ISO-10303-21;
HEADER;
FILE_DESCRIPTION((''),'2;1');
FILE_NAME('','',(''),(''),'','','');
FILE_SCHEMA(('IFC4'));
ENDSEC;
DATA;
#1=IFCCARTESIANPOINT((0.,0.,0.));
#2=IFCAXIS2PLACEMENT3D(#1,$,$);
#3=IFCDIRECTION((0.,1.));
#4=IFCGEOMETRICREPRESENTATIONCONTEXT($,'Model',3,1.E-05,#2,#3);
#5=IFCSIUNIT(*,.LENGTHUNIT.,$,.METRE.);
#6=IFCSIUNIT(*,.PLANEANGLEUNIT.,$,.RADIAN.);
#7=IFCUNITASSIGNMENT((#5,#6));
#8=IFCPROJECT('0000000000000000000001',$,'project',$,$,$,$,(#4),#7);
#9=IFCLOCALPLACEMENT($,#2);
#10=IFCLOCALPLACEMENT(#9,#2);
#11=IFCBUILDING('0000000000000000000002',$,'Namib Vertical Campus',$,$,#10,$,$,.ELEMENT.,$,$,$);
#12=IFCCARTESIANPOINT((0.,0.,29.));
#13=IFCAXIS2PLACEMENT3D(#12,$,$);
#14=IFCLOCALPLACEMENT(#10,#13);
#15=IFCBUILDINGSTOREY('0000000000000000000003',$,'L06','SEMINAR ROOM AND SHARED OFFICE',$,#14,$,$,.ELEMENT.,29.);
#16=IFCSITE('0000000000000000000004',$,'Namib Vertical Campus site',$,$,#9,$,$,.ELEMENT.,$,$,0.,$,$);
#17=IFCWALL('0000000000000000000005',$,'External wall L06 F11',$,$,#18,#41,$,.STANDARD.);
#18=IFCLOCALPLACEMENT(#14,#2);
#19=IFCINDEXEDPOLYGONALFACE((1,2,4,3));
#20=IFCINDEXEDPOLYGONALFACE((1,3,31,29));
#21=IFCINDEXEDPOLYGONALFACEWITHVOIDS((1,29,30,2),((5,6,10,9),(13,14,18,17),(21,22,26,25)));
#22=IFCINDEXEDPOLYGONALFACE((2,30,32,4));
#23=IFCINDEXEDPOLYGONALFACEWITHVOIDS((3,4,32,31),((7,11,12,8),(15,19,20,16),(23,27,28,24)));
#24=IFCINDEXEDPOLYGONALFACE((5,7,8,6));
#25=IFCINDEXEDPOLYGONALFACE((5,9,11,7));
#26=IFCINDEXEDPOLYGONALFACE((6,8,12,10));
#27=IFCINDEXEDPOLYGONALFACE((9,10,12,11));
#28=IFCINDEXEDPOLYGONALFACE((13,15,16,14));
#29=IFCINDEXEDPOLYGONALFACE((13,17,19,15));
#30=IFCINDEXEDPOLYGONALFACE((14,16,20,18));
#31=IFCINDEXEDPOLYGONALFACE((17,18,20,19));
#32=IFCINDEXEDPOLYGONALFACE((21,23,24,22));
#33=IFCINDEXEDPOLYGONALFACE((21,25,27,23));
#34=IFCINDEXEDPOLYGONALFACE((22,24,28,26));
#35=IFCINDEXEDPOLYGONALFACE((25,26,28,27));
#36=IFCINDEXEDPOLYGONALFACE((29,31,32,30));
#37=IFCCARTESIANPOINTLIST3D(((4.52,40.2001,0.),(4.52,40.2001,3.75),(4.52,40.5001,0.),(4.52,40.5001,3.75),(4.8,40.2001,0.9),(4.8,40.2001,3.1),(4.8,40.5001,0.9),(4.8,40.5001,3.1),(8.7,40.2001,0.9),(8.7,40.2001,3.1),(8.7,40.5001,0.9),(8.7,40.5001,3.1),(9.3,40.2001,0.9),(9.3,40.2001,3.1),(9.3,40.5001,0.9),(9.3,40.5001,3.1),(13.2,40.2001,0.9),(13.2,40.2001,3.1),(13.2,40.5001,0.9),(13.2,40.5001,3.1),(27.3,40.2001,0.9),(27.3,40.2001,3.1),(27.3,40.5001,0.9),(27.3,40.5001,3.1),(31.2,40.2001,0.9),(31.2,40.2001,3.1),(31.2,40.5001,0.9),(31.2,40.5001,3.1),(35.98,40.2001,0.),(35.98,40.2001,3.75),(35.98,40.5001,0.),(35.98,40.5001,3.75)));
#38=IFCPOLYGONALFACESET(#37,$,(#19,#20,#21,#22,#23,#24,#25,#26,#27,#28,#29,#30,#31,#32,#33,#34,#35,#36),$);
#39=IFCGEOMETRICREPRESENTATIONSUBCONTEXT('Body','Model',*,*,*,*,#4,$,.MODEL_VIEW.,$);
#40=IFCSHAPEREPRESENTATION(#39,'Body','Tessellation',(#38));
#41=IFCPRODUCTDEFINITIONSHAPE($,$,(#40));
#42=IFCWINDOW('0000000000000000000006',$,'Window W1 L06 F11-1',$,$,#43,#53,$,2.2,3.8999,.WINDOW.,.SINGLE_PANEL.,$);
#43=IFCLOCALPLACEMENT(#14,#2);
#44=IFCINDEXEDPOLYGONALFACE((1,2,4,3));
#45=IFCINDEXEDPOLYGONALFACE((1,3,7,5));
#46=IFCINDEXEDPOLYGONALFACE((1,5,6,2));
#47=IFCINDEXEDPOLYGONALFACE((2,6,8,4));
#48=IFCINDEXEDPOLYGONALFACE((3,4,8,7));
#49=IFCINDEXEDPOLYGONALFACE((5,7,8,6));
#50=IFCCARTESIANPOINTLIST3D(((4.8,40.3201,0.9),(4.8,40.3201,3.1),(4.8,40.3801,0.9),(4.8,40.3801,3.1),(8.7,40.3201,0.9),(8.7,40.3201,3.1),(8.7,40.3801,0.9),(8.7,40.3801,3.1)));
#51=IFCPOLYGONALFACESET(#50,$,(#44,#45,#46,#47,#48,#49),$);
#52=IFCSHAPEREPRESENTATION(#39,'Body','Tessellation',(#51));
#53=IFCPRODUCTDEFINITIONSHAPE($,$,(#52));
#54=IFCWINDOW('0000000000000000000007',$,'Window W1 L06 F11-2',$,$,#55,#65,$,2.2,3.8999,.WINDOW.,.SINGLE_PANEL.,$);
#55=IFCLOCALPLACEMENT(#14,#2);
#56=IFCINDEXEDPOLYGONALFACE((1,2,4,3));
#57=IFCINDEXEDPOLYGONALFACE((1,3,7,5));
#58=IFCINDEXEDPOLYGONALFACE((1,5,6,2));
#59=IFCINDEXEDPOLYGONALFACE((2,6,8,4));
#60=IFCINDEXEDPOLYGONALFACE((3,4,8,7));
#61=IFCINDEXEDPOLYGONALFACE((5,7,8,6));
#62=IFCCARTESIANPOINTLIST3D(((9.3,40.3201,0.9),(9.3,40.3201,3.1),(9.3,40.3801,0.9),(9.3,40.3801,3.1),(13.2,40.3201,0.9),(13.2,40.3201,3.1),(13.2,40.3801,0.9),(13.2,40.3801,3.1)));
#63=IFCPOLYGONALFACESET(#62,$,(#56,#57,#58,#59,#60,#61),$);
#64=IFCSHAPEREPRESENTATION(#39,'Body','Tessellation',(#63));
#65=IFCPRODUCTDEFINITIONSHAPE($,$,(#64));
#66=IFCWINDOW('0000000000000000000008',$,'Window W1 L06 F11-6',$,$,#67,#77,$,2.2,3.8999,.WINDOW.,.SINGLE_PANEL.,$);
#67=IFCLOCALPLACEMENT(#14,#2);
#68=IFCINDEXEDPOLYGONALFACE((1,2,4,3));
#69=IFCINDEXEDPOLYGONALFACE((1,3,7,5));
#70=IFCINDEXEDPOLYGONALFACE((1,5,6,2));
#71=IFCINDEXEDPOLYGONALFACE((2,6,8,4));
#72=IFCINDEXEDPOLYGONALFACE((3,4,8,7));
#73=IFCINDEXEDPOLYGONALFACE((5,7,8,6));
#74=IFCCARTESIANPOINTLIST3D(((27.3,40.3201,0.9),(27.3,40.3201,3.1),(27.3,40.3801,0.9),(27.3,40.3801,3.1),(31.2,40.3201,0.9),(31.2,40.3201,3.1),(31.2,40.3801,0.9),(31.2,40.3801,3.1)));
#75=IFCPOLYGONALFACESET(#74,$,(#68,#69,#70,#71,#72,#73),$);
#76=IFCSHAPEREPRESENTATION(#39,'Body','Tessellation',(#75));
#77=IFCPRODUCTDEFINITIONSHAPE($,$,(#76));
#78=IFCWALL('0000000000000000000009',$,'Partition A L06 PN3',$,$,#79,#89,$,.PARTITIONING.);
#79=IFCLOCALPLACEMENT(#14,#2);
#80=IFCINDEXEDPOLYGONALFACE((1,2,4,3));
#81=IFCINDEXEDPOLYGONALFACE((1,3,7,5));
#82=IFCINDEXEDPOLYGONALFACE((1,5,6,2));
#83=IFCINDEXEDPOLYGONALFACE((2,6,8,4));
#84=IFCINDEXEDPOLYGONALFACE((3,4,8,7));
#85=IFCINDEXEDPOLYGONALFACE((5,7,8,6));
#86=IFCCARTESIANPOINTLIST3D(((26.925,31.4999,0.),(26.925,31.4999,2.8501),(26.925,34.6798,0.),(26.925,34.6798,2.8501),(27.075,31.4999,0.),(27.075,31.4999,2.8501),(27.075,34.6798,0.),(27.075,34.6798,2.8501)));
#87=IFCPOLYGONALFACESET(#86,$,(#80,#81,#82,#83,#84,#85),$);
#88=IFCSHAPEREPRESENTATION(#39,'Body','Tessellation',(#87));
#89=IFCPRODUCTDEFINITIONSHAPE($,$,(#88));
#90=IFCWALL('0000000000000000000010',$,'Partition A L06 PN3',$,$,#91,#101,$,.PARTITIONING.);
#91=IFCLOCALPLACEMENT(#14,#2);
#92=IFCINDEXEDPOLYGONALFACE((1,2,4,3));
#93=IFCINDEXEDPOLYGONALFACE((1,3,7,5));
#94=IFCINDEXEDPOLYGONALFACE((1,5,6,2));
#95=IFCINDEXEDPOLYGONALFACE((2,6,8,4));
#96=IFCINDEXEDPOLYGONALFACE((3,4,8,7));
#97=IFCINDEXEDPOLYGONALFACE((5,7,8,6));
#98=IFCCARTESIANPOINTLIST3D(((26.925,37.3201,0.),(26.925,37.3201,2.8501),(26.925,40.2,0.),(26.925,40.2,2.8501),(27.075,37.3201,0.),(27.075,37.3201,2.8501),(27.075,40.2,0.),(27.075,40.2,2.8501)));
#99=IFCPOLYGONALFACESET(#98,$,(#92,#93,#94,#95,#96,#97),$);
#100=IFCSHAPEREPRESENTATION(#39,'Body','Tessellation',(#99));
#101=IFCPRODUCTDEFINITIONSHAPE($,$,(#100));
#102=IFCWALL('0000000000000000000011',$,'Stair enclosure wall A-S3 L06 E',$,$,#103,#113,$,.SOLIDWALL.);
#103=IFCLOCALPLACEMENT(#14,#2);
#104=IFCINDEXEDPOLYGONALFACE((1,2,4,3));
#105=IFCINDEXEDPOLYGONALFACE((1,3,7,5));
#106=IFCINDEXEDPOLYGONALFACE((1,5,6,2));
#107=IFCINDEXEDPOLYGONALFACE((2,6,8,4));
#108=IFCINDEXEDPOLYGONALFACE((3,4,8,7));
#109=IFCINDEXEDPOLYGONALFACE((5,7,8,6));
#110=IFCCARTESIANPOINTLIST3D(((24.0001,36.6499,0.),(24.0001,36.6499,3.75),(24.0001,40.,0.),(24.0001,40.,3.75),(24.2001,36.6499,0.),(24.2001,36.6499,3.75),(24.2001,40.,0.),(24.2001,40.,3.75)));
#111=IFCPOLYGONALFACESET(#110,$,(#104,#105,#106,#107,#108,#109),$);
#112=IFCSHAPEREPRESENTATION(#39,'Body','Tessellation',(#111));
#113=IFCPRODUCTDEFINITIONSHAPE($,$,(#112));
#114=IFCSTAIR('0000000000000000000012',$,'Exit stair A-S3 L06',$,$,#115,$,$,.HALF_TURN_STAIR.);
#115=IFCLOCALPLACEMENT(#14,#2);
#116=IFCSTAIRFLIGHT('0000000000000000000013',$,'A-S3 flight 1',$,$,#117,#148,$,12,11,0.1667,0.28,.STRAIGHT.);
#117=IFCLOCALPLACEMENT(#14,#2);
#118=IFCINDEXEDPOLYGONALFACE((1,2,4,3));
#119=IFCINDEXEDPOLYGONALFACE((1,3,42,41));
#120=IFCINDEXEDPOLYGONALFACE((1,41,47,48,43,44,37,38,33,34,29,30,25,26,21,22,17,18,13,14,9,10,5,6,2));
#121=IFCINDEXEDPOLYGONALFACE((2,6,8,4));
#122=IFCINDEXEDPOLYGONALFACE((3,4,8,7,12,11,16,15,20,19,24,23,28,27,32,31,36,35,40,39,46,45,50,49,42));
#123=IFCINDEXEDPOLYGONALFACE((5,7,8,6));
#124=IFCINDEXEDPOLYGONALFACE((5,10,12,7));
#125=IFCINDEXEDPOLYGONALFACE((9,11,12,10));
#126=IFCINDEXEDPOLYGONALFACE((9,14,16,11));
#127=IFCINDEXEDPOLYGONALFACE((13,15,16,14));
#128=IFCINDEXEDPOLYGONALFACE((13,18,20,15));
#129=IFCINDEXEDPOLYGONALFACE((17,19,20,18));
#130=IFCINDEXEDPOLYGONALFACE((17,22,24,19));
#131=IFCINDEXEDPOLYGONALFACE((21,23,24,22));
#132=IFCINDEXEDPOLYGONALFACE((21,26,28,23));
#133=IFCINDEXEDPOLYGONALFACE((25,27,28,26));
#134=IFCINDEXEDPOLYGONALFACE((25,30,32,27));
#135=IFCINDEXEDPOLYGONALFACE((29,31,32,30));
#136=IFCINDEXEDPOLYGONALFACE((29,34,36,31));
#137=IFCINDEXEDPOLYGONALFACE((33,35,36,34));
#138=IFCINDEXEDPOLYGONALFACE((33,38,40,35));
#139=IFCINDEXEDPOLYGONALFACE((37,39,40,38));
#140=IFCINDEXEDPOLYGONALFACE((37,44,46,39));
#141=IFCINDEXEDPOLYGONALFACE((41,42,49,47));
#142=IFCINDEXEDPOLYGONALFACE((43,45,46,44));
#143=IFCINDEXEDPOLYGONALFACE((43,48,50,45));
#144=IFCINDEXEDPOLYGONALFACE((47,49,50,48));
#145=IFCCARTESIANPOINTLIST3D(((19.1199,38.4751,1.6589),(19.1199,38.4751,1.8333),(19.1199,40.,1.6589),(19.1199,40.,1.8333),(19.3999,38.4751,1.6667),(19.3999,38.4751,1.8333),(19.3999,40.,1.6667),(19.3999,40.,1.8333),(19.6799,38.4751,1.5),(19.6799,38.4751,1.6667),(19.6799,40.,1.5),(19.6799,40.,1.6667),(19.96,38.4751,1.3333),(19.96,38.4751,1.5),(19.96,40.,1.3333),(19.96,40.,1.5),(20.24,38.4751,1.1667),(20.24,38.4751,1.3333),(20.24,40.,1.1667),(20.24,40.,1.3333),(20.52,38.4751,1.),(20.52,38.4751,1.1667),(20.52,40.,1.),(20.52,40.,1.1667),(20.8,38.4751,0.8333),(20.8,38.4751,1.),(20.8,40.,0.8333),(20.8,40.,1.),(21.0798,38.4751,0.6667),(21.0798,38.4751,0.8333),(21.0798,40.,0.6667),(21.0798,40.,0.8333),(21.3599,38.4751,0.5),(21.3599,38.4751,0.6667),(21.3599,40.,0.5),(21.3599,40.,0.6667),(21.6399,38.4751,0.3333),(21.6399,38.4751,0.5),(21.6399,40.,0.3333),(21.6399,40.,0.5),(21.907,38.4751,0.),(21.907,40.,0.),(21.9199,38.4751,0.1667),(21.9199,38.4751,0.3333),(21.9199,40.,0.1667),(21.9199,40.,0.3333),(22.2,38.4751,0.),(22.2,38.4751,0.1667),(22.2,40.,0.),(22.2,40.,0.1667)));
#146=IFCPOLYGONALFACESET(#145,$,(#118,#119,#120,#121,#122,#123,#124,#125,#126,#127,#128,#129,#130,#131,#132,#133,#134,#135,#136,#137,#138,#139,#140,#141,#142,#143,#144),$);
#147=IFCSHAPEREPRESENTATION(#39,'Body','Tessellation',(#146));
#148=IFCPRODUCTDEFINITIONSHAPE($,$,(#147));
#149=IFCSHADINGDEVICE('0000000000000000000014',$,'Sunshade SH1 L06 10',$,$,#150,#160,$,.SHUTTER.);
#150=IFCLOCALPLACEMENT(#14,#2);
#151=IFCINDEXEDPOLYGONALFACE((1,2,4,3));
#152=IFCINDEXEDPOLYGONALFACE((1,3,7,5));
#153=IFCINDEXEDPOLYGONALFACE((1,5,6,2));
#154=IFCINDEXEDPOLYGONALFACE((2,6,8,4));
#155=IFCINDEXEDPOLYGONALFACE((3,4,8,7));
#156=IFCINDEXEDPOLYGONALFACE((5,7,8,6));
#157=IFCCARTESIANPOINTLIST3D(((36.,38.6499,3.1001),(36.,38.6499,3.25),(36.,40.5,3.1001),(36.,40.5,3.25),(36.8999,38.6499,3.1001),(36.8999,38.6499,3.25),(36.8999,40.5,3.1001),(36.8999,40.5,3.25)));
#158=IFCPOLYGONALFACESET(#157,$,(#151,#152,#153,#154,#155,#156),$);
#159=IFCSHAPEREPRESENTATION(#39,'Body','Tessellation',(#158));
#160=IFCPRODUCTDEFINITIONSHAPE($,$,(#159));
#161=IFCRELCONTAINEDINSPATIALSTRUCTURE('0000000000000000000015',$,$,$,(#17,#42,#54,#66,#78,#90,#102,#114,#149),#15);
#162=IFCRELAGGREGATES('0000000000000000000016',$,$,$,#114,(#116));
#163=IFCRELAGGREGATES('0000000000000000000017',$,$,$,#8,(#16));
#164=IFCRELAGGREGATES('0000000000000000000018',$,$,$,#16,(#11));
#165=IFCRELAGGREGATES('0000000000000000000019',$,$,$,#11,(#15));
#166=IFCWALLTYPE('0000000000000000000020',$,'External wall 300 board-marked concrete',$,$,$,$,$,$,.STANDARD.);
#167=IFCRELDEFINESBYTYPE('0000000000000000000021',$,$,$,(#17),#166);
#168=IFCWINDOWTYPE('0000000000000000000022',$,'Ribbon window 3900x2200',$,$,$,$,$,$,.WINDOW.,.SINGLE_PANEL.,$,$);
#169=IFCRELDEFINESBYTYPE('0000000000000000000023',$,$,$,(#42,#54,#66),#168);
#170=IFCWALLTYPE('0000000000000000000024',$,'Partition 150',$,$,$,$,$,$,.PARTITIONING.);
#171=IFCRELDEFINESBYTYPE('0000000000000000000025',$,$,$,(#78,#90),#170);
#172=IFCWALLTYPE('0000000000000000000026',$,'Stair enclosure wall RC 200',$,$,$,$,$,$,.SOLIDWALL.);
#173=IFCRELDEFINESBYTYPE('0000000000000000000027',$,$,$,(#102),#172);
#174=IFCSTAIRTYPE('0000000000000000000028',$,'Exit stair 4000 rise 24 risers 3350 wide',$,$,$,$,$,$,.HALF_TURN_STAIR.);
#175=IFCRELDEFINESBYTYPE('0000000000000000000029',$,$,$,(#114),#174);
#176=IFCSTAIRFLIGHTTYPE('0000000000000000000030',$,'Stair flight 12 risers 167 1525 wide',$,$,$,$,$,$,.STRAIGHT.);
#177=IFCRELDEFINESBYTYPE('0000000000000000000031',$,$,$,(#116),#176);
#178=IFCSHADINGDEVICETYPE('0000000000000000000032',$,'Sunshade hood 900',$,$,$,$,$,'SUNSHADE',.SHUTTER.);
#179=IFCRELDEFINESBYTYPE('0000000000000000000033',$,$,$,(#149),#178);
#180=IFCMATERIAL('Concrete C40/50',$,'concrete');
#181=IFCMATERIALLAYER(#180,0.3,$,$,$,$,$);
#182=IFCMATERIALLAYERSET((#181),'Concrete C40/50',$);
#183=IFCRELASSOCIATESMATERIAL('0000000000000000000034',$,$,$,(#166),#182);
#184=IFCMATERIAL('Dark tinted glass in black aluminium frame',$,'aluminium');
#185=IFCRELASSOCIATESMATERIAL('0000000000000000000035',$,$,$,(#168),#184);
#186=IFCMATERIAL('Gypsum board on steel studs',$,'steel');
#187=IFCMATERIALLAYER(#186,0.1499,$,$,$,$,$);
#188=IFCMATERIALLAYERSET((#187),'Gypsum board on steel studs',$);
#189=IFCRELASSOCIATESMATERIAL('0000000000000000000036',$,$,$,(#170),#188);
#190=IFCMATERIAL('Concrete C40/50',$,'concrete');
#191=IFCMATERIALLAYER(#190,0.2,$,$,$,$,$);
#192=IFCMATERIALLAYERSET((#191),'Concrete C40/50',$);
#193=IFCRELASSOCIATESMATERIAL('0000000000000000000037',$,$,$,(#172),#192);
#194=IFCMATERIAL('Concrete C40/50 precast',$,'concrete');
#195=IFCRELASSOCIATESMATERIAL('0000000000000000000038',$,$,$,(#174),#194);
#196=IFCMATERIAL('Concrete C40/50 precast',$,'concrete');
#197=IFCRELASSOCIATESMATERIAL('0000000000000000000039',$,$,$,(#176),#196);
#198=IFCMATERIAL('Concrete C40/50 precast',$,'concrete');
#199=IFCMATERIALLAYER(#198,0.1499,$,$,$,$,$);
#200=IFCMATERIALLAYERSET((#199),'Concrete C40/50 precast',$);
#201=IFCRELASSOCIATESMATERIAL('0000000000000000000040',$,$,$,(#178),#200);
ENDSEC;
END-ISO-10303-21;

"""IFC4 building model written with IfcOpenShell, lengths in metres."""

from ifc_helpers import new_model, si_unit, direction, frame, frame_2d, origin, origin_2d, place, context, subcontext, project, spatial, polyline, rectangle, outline, extrude, material, layer, layer_set, type_object, element, fill, aggregate, save


model = new_model("IFC4")

# Units and contexts
model_context = context("Model", 3, precision=1e-05, world=origin(), true_north=direction((0.0, 1.0)))
body_context = subcontext(model_context, "Body", "Model", "MODEL_VIEW")
ifc_project = project(units=[si_unit("LENGTHUNIT", "METRE"), si_unit("PLANEANGLEUNIT", "RADIAN")], contexts=[model_context])

# Site, building, storey
site_placement = place(None, origin())
site = spatial("IfcSite", under=ifc_project, at=site_placement, Name="Namib Vertical Campus site", CompositionType="ELEMENT", RefElevation=0.0)
building_placement = place(site_placement, origin())
building = spatial("IfcBuilding", under=site, at=building_placement, Name="Namib Vertical Campus", CompositionType="ELEMENT")
storey_placement = place(building_placement, frame((0.0, 0.0, 29.0)))
storey = spatial("IfcBuildingStorey", under=building, at=storey_placement, Name="L06", Description="SEMINAR ROOM AND SHARED OFFICE", CompositionType="ELEMENT", Elevation=29.0)

# Shared definitions
ifc_material_1 = material(Name="Concrete C40/50", Category="concrete")
ifc_layer_1 = layer(ifc_material_1, 0.3)
ifc_layer_set_1 = layer_set([ifc_layer_1], Name="Concrete C40/50")
wall_type_1 = type_object("IfcWallType", Name="External wall 300 board-marked concrete", PredefinedType="STANDARD", material=ifc_layer_set_1)

# Wall, openings, windows
wall_1_placement = place(storey_placement, frame((35.98, 40.3501, 0.0), z_axis=(0.0, 0.0, 1.0), x_axis=(-1.0, 0.0, 0.0)))
wall_1 = element("IfcWall", 1, at=wall_1_placement, inside=storey, type_object=wall_type_1, Name="External wall L06 F11", PredefinedType="STANDARD", context=body_context, shape_type="SweptSolid", body=[
    extrude(rectangle(XDim=31.46, YDim=0.3, at=frame_2d((15.73, 0.0))), origin(), (0.0, 0.0, 1.0), 3.75),
])
opening_1_placement = place(wall_1_placement, frame((27.28, 0.0, 0.8999)))
opening_1 = element("IfcOpeningElement", 2, at=opening_1_placement, cuts=wall_1, PredefinedType="OPENING", context=body_context, shape_type="SweptSolid", body=[
    extrude(rectangle(XDim=3.8999, YDim=2.2, at=frame_2d((1.95, 1.1001))), frame((0.0, 0.1599, 0.0), z_axis=(0.0, -1.0, 0.0), x_axis=(1.0, 0.0, 0.0)), (0.0, 0.0, 1.0), 0.3201),
])
opening_2_placement = place(wall_1_placement, frame((22.78, 0.0, 0.8999)))
opening_2 = element("IfcOpeningElement", 3, at=opening_2_placement, cuts=wall_1, PredefinedType="OPENING", context=body_context, shape_type="SweptSolid", body=[
    extrude(rectangle(XDim=3.8999, YDim=2.2, at=frame_2d((1.95, 1.1001))), frame((0.0, 0.1599, 0.0), z_axis=(0.0, -1.0, 0.0), x_axis=(1.0, 0.0, 0.0)), (0.0, 0.0, 1.0), 0.3201),
])
opening_3_placement = place(wall_1_placement, frame((4.78, 0.0, 0.8999)))
opening_3 = element("IfcOpeningElement", 4, at=opening_3_placement, cuts=wall_1, PredefinedType="OPENING", context=body_context, shape_type="SweptSolid", body=[
    extrude(rectangle(XDim=3.8999, YDim=2.2, at=frame_2d((1.95, 1.1001))), frame((0.0, 0.1599, 0.0), z_axis=(0.0, -1.0, 0.0), x_axis=(1.0, 0.0, 0.0)), (0.0, 0.0, 1.0), 0.3201),
])
ifc_material_2 = material(Name="Dark tinted glass in black aluminium frame", Category="aluminium")
window_type = type_object("IfcWindowType", Name="Ribbon window 3900x2200", PartitioningType="SINGLE_PANEL", PredefinedType="WINDOW", material=ifc_material_2)
window_1_placement = place(opening_1_placement, origin())
window_1 = element("IfcWindow", 5, at=window_1_placement, inside=storey, type_object=window_type, Name="Window W1 L06 F11-1", OverallHeight=2.2, OverallWidth=3.8999, PartitioningType="SINGLE_PANEL", PredefinedType="WINDOW", context=body_context, shape_type="SweptSolid", body=[
    extrude(rectangle(XDim=3.8999, YDim=2.2, at=frame_2d((1.95, 1.1001))), frame((0.0, 0.03, 0.0), z_axis=(0.0, -1.0, 0.0), x_axis=(1.0, 0.0, 0.0)), (0.0, 0.0, 1.0), 0.0601),
])
fill(opening_1, window_1)
window_2_placement = place(opening_2_placement, origin())
window_2 = element("IfcWindow", 6, at=window_2_placement, inside=storey, type_object=window_type, Name="Window W1 L06 F11-2", OverallHeight=2.2, OverallWidth=3.8999, PartitioningType="SINGLE_PANEL", PredefinedType="WINDOW", context=body_context, shape_type="SweptSolid", body=[
    extrude(rectangle(XDim=3.8999, YDim=2.2, at=frame_2d((1.95, 1.1001))), frame((0.0, 0.03, 0.0), z_axis=(0.0, -1.0, 0.0), x_axis=(1.0, 0.0, 0.0)), (0.0, 0.0, 1.0), 0.0601),
])
fill(opening_2, window_2)
window_3_placement = place(opening_3_placement, origin())
window_3 = element("IfcWindow", 7, at=window_3_placement, inside=storey, type_object=window_type, Name="Window W1 L06 F11-6", OverallHeight=2.2, OverallWidth=3.8999, PartitioningType="SINGLE_PANEL", PredefinedType="WINDOW", context=body_context, shape_type="SweptSolid", body=[
    extrude(rectangle(XDim=3.8999, YDim=2.2, at=frame_2d((1.95, 1.1001))), frame((0.0, 0.03, 0.0), z_axis=(0.0, -1.0, 0.0), x_axis=(1.0, 0.0, 0.0)), (0.0, 0.0, 1.0), 0.0601),
])
fill(opening_3, window_3)

# Walls
ifc_material_3 = material(Name="Gypsum board on steel studs", Category="steel")
ifc_layer_2 = layer(ifc_material_3, 0.1499)
ifc_layer_set_2 = layer_set([ifc_layer_2], Name="Gypsum board on steel studs")
wall_type_2 = type_object("IfcWallType", Name="Partition 150", PredefinedType="PARTITIONING", material=ifc_layer_set_2)
wall_2_placement = place(storey_placement, frame((27.0, 31.5, 0.0), z_axis=(0.0, 0.0, 1.0), x_axis=(0.0, 1.0, 0.0)))
element("IfcWall", 8, at=wall_2_placement, inside=storey, type_object=wall_type_2, Name="Partition A L06 PN3", PredefinedType="PARTITIONING", context=body_context, shape_type="SweptSolid", body=[
    extrude(rectangle(XDim=3.1799, YDim=0.1499, at=frame_2d((1.5898, 0.0))), origin(), (0.0, 0.0, 1.0), 2.8501),
])
wall_3_placement = place(storey_placement, frame((27.0, 37.3201, 0.0), z_axis=(0.0, 0.0, 1.0), x_axis=(0.0, 1.0, 0.0)))
element("IfcWall", 9, at=wall_3_placement, inside=storey, type_object=wall_type_2, Name="Partition A L06 PN3", PredefinedType="PARTITIONING", context=body_context, shape_type="SweptSolid", body=[
    extrude(rectangle(XDim=2.8799, YDim=0.1499, at=frame_2d((1.4399, 0.0))), origin(), (0.0, 0.0, 1.0), 2.8501),
])
ifc_material_4 = material(Name="Concrete C40/50", Category="concrete")
ifc_layer_3 = layer(ifc_material_4, 0.2)
ifc_layer_set_3 = layer_set([ifc_layer_3], Name="Concrete C40/50")
wall_type_3 = type_object("IfcWallType", Name="Stair enclosure wall RC 200", PredefinedType="SOLIDWALL", material=ifc_layer_set_3)
wall_4_placement = place(storey_placement, frame((24.1001, 36.6499, 0.0), z_axis=(0.0, 0.0, 1.0), x_axis=(0.0, 1.0, 0.0)))
element("IfcWall", 10, at=wall_4_placement, inside=storey, type_object=wall_type_3, Name="Stair enclosure wall A-S3 L06 E", PredefinedType="SOLIDWALL", context=body_context, shape_type="SweptSolid", body=[
    extrude(rectangle(XDim=3.3501, YDim=0.2, at=frame_2d((1.675, 0.0))), origin(), (0.0, 0.0, 1.0), 3.75),
])

# Stair, stair flight
ifc_material_5 = material(Name="Concrete C40/50 precast", Category="concrete")
stair_type = type_object("IfcStairType", Name="Exit stair 4000 rise 24 risers 3350 wide", PredefinedType="HALF_TURN_STAIR", material=ifc_material_5)
stair_placement = place(storey_placement, origin())
stair = element("IfcStair", 11, at=stair_placement, inside=storey, type_object=stair_type, Name="Exit stair A-S3 L06", PredefinedType="HALF_TURN_STAIR")
ifc_material_6 = material(Name="Concrete C40/50 precast", Category="concrete")
stair_flight_type = type_object("IfcStairFlightType", Name="Stair flight 12 risers 167 1525 wide", PredefinedType="STRAIGHT", material=ifc_material_6)
stair_flight_placement = place(storey_placement, frame((22.2, 39.2375, 0.0), z_axis=(0.0, 0.0, 1.0), x_axis=(-1.0, 0.0, 0.0)))
stair_flight = element("IfcStairFlight", 12, at=stair_flight_placement, type_object=stair_flight_type, Name="A-S3 flight 1", NumberOfRisers=12, NumberOfTreads=11, PredefinedType="STRAIGHT", RiserHeight=0.1667, TreadLength=0.28, context=body_context, shape_type="SweptSolid", body=[
    extrude(outline(polyline([(0.0, 0.0), (0.0, 0.1667), (0.28, 0.1667), (0.28, 0.3333), (0.5601, 0.3333), (0.5601, 0.5), (0.8401, 0.5), (0.8401, 0.6667), (1.1201, 0.6667), (1.1201, 0.8333), (1.3999, 0.8333), (1.3999, 1.0), (1.6799, 1.0), (1.6799, 1.1667), (1.96, 1.1667), (1.96, 1.3333), (2.24, 1.3333), (2.24, 1.5), (2.52, 1.5), (2.52, 1.6667), (2.8, 1.6667), (2.8, 1.8333), (3.0801, 1.8333), (3.0801, 2.0), (3.0801, 1.6589), (0.293, 0.0), (0.0, 0.0)])), frame((0.0, 0.7625, 0.0), z_axis=(0.0, -1.0, 0.0), x_axis=(1.0, 0.0, 0.0)), (0.0, 0.0, 1.0), 1.5249),
])
aggregate(stair, [stair_flight])

# Shading device
ifc_material_7 = material(Name="Concrete C40/50 precast", Category="concrete")
ifc_layer_4 = layer(ifc_material_7, 0.1499)
ifc_layer_set_4 = layer_set([ifc_layer_4], Name="Concrete C40/50 precast")
shading_device_type = type_object("IfcShadingDeviceType", Name="Sunshade hood 900", ElementType="SUNSHADE", PredefinedType="SHUTTER", material=ifc_layer_set_4)
shading_device_placement = place(storey_placement, frame((36.45, 39.575, 3.1001), z_axis=(0.0, 0.0, 1.0), x_axis=(0.0, 1.0, 0.0)))
element("IfcShadingDevice", 13, at=shading_device_placement, inside=storey, type_object=shading_device_type, Name="Sunshade SH1 L06 10", PredefinedType="SHUTTER", context=body_context, shape_type="SweptSolid", body=[
    extrude(rectangle(XDim=1.8501, YDim=0.8999, at=origin_2d()), origin(), (0.0, 0.0, 1.0), 0.1499),
])

save(model, "model.ifc")
